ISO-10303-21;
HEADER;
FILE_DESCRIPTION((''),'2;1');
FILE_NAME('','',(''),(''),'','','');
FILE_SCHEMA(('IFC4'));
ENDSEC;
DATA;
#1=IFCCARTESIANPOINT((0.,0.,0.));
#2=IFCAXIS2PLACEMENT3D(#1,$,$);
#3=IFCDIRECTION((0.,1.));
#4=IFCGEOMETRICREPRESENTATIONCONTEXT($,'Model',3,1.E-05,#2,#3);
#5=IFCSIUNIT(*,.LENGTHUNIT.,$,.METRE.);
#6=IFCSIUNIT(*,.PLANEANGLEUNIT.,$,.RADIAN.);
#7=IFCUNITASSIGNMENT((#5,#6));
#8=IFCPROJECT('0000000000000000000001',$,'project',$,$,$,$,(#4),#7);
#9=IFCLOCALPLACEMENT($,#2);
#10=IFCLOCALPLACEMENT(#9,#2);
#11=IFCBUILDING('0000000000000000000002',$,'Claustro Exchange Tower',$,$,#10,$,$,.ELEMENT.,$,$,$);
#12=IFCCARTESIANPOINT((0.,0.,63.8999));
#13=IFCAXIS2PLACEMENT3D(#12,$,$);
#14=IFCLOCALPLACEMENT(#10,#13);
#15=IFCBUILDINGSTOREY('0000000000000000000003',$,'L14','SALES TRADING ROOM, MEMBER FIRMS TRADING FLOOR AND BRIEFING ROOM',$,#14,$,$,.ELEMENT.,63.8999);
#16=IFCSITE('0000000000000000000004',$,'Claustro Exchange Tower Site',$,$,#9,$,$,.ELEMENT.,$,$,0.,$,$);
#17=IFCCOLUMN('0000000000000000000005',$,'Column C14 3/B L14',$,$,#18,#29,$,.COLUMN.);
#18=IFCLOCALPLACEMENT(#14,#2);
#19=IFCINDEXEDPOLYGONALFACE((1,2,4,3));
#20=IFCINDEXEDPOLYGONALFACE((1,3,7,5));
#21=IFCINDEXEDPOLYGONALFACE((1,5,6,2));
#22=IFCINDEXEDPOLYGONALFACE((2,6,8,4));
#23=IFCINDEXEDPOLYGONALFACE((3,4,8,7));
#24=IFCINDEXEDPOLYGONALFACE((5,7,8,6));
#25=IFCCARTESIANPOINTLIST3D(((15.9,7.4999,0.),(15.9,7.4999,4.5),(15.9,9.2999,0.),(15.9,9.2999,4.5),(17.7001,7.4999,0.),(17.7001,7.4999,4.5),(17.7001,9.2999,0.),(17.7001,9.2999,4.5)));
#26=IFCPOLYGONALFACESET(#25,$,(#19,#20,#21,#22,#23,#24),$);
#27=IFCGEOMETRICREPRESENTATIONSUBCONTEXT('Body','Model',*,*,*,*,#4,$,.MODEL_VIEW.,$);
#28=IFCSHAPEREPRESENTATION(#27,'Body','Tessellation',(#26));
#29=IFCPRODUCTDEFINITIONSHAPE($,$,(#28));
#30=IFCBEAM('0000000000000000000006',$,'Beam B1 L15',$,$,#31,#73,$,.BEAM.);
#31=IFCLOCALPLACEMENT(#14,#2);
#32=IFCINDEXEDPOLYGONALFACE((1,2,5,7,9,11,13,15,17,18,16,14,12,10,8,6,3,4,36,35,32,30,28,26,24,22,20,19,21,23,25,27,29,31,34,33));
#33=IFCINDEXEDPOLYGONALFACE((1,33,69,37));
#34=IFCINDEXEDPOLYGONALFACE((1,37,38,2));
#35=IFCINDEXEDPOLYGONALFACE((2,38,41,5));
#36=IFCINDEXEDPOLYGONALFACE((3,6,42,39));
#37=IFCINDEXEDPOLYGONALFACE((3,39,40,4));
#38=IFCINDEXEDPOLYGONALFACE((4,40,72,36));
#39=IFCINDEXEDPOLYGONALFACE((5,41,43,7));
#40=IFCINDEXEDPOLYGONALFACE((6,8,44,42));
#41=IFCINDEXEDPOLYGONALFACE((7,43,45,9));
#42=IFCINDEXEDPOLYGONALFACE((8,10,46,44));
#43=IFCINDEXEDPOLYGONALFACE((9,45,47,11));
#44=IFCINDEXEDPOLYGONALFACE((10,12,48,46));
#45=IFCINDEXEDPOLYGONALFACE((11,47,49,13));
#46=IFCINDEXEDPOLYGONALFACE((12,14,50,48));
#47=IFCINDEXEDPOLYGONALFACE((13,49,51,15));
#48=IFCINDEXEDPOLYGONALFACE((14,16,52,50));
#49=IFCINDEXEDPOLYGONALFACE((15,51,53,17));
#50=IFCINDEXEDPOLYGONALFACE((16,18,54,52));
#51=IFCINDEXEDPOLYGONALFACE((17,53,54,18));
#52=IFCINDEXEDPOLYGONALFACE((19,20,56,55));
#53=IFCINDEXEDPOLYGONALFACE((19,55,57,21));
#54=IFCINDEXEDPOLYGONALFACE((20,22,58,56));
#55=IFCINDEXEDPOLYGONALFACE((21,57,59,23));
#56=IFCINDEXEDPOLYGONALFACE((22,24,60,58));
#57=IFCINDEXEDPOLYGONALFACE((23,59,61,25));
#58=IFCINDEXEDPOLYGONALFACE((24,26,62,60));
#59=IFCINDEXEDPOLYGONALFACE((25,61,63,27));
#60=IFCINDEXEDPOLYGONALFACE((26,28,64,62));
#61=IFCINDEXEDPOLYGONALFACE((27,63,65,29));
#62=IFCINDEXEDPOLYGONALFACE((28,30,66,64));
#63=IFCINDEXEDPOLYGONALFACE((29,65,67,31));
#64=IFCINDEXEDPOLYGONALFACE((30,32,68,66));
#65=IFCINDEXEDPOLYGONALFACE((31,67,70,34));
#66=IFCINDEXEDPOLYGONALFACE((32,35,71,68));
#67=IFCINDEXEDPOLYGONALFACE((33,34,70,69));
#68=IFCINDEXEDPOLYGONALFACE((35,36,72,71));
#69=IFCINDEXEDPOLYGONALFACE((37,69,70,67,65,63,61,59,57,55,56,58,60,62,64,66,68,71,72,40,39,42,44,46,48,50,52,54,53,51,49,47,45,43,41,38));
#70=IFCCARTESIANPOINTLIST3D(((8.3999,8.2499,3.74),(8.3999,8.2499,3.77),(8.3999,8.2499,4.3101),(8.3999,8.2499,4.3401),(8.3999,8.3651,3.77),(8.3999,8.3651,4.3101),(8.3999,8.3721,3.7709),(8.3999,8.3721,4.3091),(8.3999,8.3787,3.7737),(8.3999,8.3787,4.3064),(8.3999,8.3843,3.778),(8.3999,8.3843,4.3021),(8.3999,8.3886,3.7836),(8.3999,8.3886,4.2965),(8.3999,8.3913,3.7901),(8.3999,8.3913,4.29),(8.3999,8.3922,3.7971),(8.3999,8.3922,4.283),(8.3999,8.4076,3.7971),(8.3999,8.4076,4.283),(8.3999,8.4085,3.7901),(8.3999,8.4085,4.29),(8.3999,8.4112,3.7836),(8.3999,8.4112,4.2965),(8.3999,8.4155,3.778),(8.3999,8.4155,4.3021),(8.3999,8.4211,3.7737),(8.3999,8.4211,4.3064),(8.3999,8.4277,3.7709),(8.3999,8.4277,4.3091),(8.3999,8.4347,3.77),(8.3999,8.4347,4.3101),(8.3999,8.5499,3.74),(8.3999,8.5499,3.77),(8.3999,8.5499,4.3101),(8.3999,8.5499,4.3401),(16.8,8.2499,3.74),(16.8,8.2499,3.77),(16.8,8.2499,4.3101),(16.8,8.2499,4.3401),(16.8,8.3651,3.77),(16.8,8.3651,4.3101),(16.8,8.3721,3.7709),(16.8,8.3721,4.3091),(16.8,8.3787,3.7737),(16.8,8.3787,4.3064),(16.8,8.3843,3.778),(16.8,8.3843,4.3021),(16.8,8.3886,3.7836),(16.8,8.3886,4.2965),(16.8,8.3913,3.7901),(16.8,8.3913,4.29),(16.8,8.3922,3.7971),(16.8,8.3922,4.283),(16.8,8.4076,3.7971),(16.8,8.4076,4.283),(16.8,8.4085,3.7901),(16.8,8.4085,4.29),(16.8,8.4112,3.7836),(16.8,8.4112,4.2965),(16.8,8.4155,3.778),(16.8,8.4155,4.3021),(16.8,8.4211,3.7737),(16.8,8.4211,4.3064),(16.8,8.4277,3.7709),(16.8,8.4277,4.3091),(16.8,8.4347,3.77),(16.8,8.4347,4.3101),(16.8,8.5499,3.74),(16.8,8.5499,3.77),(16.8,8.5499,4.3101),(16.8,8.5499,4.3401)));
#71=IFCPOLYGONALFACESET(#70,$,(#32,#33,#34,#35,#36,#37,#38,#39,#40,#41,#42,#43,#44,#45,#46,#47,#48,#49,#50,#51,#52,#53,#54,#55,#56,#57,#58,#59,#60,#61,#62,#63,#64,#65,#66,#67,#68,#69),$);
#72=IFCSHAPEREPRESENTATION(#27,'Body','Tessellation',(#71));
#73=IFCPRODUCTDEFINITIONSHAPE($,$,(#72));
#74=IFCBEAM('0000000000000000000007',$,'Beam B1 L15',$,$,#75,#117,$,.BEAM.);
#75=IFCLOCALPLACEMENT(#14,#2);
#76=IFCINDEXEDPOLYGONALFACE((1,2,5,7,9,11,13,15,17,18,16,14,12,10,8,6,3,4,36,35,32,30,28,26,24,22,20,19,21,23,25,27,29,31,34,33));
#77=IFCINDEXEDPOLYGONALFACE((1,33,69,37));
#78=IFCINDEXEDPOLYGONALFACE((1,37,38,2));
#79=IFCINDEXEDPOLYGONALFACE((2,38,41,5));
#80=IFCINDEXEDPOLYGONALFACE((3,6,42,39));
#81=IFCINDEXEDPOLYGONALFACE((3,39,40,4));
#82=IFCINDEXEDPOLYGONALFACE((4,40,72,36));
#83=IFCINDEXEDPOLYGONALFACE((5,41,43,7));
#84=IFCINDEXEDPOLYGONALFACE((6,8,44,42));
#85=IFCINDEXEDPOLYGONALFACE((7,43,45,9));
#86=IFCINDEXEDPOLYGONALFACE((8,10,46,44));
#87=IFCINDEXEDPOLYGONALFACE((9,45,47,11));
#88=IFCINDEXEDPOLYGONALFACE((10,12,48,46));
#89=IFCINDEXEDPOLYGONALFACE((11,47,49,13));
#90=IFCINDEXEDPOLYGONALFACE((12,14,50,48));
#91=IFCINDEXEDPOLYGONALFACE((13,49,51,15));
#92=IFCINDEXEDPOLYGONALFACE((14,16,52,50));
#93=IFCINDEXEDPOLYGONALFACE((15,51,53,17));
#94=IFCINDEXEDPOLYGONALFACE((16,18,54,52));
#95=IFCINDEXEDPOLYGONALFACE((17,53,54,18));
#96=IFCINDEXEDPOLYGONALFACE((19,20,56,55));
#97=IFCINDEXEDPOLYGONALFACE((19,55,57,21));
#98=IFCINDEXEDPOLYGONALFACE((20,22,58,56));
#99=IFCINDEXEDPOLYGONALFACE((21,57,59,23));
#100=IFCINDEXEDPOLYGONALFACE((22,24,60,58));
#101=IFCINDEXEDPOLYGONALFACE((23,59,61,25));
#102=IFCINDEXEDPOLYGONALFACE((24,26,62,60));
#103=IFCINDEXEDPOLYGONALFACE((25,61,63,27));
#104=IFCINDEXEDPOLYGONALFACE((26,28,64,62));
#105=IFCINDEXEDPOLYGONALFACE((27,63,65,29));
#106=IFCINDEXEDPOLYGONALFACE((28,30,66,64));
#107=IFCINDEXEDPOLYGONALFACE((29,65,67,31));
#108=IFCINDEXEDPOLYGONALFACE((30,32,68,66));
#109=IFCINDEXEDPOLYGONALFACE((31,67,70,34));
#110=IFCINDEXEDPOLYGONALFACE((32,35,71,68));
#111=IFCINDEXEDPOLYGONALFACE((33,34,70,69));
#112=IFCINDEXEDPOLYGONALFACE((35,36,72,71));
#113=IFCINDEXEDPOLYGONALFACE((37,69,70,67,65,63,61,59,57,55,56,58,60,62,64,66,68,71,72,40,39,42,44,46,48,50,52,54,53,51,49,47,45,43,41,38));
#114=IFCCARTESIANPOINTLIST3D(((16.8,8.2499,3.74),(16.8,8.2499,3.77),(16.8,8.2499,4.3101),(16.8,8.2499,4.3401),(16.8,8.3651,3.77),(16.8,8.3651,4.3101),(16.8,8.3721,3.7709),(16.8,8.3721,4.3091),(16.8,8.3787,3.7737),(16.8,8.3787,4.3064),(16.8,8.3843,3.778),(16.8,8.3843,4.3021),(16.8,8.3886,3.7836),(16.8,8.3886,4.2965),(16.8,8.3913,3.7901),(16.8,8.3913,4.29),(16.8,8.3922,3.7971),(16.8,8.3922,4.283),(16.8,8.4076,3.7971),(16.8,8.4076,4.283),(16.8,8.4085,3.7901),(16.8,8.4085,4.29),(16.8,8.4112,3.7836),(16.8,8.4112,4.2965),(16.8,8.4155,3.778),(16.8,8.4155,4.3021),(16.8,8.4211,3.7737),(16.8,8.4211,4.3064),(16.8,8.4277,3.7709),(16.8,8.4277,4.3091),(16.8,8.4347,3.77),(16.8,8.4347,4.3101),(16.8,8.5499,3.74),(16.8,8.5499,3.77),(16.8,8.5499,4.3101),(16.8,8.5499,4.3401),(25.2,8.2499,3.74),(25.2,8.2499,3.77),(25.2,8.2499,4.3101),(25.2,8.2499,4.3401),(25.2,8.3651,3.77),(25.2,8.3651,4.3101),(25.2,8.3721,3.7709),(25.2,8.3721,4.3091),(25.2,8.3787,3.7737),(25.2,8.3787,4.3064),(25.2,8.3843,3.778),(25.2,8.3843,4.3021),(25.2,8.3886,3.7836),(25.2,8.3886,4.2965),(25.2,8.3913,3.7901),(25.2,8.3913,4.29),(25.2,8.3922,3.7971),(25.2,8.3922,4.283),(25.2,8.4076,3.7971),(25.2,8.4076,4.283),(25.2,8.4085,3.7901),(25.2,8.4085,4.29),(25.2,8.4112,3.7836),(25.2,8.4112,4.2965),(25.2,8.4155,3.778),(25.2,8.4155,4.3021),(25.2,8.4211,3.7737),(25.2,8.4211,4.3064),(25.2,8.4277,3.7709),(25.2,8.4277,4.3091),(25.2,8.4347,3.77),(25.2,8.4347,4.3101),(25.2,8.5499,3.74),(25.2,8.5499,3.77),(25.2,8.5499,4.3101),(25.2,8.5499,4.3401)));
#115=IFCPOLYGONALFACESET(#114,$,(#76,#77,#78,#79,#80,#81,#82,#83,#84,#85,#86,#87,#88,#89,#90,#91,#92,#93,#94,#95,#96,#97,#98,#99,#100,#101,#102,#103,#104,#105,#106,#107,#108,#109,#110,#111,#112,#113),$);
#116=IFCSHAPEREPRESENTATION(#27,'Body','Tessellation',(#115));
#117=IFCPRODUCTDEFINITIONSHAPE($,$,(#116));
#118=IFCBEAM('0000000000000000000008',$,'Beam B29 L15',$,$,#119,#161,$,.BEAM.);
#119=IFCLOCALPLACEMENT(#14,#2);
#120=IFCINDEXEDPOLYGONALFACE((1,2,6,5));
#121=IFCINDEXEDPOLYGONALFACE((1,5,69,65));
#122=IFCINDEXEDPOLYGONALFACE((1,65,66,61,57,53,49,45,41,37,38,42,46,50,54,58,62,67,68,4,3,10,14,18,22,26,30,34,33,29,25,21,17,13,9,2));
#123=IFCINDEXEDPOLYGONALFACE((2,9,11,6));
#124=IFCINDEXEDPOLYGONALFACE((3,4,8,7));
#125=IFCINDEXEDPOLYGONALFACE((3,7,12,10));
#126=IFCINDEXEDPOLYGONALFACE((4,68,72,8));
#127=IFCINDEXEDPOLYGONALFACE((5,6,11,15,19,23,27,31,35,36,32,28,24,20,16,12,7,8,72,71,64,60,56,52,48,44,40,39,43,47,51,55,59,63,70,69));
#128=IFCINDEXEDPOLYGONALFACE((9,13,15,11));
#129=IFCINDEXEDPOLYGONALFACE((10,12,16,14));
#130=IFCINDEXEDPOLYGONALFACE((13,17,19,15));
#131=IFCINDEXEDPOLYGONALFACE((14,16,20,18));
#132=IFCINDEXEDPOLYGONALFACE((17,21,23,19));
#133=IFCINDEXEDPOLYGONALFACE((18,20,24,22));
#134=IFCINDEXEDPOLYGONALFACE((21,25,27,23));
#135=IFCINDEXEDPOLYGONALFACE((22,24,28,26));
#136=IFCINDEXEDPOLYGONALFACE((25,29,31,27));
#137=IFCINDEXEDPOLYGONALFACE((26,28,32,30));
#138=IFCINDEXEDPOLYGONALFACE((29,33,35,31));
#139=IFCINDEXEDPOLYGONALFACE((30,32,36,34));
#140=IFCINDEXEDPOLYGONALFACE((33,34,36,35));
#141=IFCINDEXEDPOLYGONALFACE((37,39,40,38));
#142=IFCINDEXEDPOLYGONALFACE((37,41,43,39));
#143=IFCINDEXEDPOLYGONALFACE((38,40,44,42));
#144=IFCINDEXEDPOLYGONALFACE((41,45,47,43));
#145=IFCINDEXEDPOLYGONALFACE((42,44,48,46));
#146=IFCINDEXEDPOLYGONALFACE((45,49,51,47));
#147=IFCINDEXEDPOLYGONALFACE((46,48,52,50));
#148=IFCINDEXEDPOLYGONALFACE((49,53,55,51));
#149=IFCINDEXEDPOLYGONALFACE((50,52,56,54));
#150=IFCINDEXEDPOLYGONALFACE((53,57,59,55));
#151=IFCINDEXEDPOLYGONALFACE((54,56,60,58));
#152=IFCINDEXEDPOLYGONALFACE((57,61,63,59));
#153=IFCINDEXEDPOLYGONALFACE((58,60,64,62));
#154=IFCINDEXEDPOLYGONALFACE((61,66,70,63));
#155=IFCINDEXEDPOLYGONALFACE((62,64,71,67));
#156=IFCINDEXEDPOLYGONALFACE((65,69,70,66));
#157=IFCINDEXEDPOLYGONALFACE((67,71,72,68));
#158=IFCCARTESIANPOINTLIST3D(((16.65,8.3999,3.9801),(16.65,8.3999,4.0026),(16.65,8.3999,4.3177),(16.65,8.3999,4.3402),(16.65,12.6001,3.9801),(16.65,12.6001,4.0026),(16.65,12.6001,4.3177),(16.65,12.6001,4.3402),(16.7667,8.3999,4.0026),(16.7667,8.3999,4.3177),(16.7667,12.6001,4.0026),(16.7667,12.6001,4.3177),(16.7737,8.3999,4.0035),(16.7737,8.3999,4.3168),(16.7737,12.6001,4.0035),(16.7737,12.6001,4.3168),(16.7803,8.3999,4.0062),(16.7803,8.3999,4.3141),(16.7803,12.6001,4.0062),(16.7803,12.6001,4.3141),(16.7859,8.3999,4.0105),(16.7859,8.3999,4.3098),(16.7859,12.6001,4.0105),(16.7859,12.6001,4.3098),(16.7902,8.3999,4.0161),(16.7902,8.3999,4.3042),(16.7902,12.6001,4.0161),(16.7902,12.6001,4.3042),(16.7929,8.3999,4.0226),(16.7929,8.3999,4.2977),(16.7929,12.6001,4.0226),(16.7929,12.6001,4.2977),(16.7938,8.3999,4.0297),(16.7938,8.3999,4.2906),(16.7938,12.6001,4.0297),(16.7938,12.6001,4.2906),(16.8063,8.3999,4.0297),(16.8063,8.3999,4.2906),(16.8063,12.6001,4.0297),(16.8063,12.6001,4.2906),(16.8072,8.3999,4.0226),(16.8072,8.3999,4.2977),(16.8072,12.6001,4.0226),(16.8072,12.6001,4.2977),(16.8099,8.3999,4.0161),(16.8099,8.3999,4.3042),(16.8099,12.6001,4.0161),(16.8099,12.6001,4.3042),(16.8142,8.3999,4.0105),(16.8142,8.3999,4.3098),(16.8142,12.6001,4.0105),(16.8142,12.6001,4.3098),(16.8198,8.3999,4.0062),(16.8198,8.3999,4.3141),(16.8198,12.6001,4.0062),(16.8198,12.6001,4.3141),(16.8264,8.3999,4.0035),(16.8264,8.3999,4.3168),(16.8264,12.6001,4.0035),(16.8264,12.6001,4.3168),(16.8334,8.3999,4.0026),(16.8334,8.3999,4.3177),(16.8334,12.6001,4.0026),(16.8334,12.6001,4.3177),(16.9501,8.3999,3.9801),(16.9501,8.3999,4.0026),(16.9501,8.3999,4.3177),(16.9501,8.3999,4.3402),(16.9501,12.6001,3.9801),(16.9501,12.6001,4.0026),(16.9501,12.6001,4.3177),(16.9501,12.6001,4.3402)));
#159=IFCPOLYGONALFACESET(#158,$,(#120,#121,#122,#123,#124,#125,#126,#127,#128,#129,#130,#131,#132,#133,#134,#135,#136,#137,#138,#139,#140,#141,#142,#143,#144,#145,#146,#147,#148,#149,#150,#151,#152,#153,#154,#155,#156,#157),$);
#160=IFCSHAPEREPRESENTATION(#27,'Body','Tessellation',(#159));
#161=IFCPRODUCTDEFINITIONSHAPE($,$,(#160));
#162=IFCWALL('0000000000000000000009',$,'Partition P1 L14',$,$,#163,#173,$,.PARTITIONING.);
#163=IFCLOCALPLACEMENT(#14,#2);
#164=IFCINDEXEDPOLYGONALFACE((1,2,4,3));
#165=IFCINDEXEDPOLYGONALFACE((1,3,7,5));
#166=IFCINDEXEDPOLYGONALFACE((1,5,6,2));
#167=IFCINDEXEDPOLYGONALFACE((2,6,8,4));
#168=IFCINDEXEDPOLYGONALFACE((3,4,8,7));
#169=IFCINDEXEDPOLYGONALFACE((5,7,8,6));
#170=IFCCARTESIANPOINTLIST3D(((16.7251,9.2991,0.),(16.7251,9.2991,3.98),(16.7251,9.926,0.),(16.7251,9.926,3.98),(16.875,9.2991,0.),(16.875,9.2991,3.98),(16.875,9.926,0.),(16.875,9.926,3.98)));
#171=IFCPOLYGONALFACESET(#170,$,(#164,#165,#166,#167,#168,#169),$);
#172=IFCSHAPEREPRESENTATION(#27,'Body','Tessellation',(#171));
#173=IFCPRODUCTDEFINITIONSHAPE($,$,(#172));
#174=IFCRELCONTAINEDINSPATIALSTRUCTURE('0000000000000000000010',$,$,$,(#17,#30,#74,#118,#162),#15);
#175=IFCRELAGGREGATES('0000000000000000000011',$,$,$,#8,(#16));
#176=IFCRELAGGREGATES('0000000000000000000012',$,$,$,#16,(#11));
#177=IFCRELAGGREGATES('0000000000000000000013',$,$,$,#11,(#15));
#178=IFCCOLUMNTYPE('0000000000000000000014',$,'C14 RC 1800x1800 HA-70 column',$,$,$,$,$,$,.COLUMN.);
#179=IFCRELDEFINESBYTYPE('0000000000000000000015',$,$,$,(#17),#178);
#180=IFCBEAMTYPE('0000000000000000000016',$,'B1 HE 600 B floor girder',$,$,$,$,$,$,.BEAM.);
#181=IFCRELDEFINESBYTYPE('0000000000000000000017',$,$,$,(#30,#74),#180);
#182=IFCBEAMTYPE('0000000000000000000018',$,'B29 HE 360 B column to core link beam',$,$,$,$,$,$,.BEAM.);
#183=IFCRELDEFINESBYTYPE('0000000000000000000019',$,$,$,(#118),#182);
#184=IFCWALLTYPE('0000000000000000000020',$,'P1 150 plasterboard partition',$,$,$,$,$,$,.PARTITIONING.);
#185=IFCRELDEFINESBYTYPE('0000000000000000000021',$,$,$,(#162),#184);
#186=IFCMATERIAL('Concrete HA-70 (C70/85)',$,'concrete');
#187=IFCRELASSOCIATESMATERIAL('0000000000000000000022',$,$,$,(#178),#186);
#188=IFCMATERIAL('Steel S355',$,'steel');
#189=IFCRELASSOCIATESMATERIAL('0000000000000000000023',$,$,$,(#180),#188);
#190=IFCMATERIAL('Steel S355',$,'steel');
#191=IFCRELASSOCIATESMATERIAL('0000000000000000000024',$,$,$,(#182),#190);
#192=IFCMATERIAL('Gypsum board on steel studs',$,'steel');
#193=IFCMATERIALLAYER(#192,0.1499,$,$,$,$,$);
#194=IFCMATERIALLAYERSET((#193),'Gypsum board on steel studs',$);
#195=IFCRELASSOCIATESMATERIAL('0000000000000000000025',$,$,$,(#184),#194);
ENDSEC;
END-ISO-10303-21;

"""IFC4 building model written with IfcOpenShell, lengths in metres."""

from ifc_helpers import new_model, si_unit, direction, frame, frame_2d, origin, origin_2d, place, context, subcontext, project, spatial, rectangle, i_section, extrude, material, layer, layer_set, material_profile, profile_set, type_object, element, save


model = new_model("IFC4")

# Units and contexts
model_context = context("Model", 3, precision=1e-05, world=origin(), true_north=direction((0.0, 1.0)))
body_context = subcontext(model_context, "Body", "Model", "MODEL_VIEW")
ifc_project = project(units=[si_unit("LENGTHUNIT", "METRE"), si_unit("PLANEANGLEUNIT", "RADIAN")], contexts=[model_context])

# Site, building, storey
site_placement = place(None, origin())
site = spatial("IfcSite", under=ifc_project, at=site_placement, Name="Claustro Exchange Tower Site", CompositionType="ELEMENT", RefElevation=0.0)
building_placement = place(site_placement, origin())
building = spatial("IfcBuilding", under=site, at=building_placement, Name="Claustro Exchange Tower", CompositionType="ELEMENT")
storey_placement = place(building_placement, frame((0.0, 0.0, 63.8999)))
storey = spatial("IfcBuildingStorey", under=building, at=storey_placement, Name="L14", Description="SALES TRADING ROOM, MEMBER FIRMS TRADING FLOOR AND BRIEFING ROOM", CompositionType="ELEMENT", Elevation=63.8999)

# Column
ifc_material_1 = material(Name="Concrete HA-70 (C70/85)", Category="concrete")
ifc_material_profile_1 = material_profile(ifc_material_1, rectangle(XDim=1.8, YDim=1.8, at=origin_2d()), Name="RC 1800x1800")
ifc_profile_set_1 = profile_set([ifc_material_profile_1], Name="Concrete HA-70 (C70/85)")
column_type = type_object("IfcColumnType", Name="C14 RC 1800x1800 HA-70 column", PredefinedType="COLUMN", material=ifc_profile_set_1)
column_placement = place(storey_placement, frame((16.8, 8.3999, 0.0), z_axis=(0.0, 0.0, 1.0), x_axis=(1.0, 0.0, 0.0)))
element("IfcColumn", 1, at=column_placement, inside=storey, type_object=column_type, Name="Column C14 3/B L14", PredefinedType="COLUMN", context=body_context, shape_type="SweptSolid", body=[
    extrude(rectangle(XDim=1.8, YDim=1.8, at=origin_2d()), origin(), (0.0, 0.0, 1.0), 4.5),
])

# Beams
ifc_material_2 = material(Name="Steel S355", Category="steel")
ifc_material_profile_2 = material_profile(ifc_material_2, i_section(OverallWidth=0.3, OverallDepth=0.6001, WebThickness=0.0154, FlangeThickness=0.03, FilletRadius=0.0271, at=origin_2d()), Name="HE 600 B")
ifc_profile_set_2 = profile_set([ifc_material_profile_2], Name="Steel S355")
beam_type_1 = type_object("IfcBeamType", Name="B1 HE 600 B floor girder", PredefinedType="BEAM", material=ifc_profile_set_2)
beam_1_placement = place(storey_placement, frame((8.3999, 8.3999, 4.04), z_axis=(1.0, 0.0, 0.0), x_axis=(0.0, 1.0, 0.0)))
element("IfcBeam", 2, at=beam_1_placement, inside=storey, type_object=beam_type_1, Name="Beam B1 L15", PredefinedType="BEAM", context=body_context, shape_type="SweptSolid", body=[
    extrude(i_section(OverallWidth=0.3, OverallDepth=0.6001, WebThickness=0.0154, FlangeThickness=0.03, FilletRadius=0.0271, at=origin_2d()), origin(), (0.0, 0.0, 1.0), 8.4001),
])
beam_2_placement = place(storey_placement, frame((16.8, 8.3999, 4.04), z_axis=(1.0, 0.0, 0.0), x_axis=(0.0, 1.0, 0.0)))
element("IfcBeam", 3, at=beam_2_placement, inside=storey, type_object=beam_type_1, Name="Beam B1 L15", PredefinedType="BEAM", context=body_context, shape_type="SweptSolid", body=[
    extrude(i_section(OverallWidth=0.3, OverallDepth=0.6001, WebThickness=0.0154, FlangeThickness=0.03, FilletRadius=0.0271, at=origin_2d()), origin(), (0.0, 0.0, 1.0), 8.3999),
])
ifc_material_3 = material(Name="Steel S355", Category="steel")
ifc_material_profile_3 = material_profile(ifc_material_3, i_section(OverallWidth=0.3, OverallDepth=0.3601, WebThickness=0.0125, FlangeThickness=0.0225, FilletRadius=0.0271, at=origin_2d()), Name="HE 360 B")
ifc_profile_set_3 = profile_set([ifc_material_profile_3], Name="Steel S355")
beam_type_2 = type_object("IfcBeamType", Name="B29 HE 360 B column to core link beam", PredefinedType="BEAM", material=ifc_profile_set_3)
beam_3_placement = place(storey_placement, frame((16.8, 8.3999, 4.1602), z_axis=(0.0, 1.0, 0.0), x_axis=(-1.0, 0.0, 0.0)))
element("IfcBeam", 4, at=beam_3_placement, inside=storey, type_object=beam_type_2, Name="Beam B29 L15", PredefinedType="BEAM", context=body_context, shape_type="SweptSolid", body=[
    extrude(i_section(OverallWidth=0.3, OverallDepth=0.3601, WebThickness=0.0125, FlangeThickness=0.0225, FilletRadius=0.0271, at=origin_2d()), origin(), (0.0, 0.0, 1.0), 4.2002),
])

# Wall
ifc_material_4 = material(Name="Gypsum board on steel studs", Category="steel")
ifc_layer_1 = layer(ifc_material_4, 0.1499)
ifc_layer_set_1 = layer_set([ifc_layer_1], Name="Gypsum board on steel studs")
wall_type_1 = type_object("IfcWallType", Name="P1 150 plasterboard partition", PredefinedType="PARTITIONING", material=ifc_layer_set_1)
wall_1_placement = place(storey_placement, frame((16.8, 9.2991, 0.0), z_axis=(0.0, 0.0, 1.0), x_axis=(0.0, 1.0, 0.0)))
element("IfcWall", 5, at=wall_1_placement, inside=storey, type_object=wall_type_1, Name="Partition P1 L14", PredefinedType="PARTITIONING", context=body_context, shape_type="SweptSolid", body=[
    extrude(rectangle(XDim=0.627, YDim=0.1499, at=frame_2d((0.3135, 0.0))), origin(), (0.0, 0.0, 1.0), 3.98),
])

save(model, "model.ifc")
